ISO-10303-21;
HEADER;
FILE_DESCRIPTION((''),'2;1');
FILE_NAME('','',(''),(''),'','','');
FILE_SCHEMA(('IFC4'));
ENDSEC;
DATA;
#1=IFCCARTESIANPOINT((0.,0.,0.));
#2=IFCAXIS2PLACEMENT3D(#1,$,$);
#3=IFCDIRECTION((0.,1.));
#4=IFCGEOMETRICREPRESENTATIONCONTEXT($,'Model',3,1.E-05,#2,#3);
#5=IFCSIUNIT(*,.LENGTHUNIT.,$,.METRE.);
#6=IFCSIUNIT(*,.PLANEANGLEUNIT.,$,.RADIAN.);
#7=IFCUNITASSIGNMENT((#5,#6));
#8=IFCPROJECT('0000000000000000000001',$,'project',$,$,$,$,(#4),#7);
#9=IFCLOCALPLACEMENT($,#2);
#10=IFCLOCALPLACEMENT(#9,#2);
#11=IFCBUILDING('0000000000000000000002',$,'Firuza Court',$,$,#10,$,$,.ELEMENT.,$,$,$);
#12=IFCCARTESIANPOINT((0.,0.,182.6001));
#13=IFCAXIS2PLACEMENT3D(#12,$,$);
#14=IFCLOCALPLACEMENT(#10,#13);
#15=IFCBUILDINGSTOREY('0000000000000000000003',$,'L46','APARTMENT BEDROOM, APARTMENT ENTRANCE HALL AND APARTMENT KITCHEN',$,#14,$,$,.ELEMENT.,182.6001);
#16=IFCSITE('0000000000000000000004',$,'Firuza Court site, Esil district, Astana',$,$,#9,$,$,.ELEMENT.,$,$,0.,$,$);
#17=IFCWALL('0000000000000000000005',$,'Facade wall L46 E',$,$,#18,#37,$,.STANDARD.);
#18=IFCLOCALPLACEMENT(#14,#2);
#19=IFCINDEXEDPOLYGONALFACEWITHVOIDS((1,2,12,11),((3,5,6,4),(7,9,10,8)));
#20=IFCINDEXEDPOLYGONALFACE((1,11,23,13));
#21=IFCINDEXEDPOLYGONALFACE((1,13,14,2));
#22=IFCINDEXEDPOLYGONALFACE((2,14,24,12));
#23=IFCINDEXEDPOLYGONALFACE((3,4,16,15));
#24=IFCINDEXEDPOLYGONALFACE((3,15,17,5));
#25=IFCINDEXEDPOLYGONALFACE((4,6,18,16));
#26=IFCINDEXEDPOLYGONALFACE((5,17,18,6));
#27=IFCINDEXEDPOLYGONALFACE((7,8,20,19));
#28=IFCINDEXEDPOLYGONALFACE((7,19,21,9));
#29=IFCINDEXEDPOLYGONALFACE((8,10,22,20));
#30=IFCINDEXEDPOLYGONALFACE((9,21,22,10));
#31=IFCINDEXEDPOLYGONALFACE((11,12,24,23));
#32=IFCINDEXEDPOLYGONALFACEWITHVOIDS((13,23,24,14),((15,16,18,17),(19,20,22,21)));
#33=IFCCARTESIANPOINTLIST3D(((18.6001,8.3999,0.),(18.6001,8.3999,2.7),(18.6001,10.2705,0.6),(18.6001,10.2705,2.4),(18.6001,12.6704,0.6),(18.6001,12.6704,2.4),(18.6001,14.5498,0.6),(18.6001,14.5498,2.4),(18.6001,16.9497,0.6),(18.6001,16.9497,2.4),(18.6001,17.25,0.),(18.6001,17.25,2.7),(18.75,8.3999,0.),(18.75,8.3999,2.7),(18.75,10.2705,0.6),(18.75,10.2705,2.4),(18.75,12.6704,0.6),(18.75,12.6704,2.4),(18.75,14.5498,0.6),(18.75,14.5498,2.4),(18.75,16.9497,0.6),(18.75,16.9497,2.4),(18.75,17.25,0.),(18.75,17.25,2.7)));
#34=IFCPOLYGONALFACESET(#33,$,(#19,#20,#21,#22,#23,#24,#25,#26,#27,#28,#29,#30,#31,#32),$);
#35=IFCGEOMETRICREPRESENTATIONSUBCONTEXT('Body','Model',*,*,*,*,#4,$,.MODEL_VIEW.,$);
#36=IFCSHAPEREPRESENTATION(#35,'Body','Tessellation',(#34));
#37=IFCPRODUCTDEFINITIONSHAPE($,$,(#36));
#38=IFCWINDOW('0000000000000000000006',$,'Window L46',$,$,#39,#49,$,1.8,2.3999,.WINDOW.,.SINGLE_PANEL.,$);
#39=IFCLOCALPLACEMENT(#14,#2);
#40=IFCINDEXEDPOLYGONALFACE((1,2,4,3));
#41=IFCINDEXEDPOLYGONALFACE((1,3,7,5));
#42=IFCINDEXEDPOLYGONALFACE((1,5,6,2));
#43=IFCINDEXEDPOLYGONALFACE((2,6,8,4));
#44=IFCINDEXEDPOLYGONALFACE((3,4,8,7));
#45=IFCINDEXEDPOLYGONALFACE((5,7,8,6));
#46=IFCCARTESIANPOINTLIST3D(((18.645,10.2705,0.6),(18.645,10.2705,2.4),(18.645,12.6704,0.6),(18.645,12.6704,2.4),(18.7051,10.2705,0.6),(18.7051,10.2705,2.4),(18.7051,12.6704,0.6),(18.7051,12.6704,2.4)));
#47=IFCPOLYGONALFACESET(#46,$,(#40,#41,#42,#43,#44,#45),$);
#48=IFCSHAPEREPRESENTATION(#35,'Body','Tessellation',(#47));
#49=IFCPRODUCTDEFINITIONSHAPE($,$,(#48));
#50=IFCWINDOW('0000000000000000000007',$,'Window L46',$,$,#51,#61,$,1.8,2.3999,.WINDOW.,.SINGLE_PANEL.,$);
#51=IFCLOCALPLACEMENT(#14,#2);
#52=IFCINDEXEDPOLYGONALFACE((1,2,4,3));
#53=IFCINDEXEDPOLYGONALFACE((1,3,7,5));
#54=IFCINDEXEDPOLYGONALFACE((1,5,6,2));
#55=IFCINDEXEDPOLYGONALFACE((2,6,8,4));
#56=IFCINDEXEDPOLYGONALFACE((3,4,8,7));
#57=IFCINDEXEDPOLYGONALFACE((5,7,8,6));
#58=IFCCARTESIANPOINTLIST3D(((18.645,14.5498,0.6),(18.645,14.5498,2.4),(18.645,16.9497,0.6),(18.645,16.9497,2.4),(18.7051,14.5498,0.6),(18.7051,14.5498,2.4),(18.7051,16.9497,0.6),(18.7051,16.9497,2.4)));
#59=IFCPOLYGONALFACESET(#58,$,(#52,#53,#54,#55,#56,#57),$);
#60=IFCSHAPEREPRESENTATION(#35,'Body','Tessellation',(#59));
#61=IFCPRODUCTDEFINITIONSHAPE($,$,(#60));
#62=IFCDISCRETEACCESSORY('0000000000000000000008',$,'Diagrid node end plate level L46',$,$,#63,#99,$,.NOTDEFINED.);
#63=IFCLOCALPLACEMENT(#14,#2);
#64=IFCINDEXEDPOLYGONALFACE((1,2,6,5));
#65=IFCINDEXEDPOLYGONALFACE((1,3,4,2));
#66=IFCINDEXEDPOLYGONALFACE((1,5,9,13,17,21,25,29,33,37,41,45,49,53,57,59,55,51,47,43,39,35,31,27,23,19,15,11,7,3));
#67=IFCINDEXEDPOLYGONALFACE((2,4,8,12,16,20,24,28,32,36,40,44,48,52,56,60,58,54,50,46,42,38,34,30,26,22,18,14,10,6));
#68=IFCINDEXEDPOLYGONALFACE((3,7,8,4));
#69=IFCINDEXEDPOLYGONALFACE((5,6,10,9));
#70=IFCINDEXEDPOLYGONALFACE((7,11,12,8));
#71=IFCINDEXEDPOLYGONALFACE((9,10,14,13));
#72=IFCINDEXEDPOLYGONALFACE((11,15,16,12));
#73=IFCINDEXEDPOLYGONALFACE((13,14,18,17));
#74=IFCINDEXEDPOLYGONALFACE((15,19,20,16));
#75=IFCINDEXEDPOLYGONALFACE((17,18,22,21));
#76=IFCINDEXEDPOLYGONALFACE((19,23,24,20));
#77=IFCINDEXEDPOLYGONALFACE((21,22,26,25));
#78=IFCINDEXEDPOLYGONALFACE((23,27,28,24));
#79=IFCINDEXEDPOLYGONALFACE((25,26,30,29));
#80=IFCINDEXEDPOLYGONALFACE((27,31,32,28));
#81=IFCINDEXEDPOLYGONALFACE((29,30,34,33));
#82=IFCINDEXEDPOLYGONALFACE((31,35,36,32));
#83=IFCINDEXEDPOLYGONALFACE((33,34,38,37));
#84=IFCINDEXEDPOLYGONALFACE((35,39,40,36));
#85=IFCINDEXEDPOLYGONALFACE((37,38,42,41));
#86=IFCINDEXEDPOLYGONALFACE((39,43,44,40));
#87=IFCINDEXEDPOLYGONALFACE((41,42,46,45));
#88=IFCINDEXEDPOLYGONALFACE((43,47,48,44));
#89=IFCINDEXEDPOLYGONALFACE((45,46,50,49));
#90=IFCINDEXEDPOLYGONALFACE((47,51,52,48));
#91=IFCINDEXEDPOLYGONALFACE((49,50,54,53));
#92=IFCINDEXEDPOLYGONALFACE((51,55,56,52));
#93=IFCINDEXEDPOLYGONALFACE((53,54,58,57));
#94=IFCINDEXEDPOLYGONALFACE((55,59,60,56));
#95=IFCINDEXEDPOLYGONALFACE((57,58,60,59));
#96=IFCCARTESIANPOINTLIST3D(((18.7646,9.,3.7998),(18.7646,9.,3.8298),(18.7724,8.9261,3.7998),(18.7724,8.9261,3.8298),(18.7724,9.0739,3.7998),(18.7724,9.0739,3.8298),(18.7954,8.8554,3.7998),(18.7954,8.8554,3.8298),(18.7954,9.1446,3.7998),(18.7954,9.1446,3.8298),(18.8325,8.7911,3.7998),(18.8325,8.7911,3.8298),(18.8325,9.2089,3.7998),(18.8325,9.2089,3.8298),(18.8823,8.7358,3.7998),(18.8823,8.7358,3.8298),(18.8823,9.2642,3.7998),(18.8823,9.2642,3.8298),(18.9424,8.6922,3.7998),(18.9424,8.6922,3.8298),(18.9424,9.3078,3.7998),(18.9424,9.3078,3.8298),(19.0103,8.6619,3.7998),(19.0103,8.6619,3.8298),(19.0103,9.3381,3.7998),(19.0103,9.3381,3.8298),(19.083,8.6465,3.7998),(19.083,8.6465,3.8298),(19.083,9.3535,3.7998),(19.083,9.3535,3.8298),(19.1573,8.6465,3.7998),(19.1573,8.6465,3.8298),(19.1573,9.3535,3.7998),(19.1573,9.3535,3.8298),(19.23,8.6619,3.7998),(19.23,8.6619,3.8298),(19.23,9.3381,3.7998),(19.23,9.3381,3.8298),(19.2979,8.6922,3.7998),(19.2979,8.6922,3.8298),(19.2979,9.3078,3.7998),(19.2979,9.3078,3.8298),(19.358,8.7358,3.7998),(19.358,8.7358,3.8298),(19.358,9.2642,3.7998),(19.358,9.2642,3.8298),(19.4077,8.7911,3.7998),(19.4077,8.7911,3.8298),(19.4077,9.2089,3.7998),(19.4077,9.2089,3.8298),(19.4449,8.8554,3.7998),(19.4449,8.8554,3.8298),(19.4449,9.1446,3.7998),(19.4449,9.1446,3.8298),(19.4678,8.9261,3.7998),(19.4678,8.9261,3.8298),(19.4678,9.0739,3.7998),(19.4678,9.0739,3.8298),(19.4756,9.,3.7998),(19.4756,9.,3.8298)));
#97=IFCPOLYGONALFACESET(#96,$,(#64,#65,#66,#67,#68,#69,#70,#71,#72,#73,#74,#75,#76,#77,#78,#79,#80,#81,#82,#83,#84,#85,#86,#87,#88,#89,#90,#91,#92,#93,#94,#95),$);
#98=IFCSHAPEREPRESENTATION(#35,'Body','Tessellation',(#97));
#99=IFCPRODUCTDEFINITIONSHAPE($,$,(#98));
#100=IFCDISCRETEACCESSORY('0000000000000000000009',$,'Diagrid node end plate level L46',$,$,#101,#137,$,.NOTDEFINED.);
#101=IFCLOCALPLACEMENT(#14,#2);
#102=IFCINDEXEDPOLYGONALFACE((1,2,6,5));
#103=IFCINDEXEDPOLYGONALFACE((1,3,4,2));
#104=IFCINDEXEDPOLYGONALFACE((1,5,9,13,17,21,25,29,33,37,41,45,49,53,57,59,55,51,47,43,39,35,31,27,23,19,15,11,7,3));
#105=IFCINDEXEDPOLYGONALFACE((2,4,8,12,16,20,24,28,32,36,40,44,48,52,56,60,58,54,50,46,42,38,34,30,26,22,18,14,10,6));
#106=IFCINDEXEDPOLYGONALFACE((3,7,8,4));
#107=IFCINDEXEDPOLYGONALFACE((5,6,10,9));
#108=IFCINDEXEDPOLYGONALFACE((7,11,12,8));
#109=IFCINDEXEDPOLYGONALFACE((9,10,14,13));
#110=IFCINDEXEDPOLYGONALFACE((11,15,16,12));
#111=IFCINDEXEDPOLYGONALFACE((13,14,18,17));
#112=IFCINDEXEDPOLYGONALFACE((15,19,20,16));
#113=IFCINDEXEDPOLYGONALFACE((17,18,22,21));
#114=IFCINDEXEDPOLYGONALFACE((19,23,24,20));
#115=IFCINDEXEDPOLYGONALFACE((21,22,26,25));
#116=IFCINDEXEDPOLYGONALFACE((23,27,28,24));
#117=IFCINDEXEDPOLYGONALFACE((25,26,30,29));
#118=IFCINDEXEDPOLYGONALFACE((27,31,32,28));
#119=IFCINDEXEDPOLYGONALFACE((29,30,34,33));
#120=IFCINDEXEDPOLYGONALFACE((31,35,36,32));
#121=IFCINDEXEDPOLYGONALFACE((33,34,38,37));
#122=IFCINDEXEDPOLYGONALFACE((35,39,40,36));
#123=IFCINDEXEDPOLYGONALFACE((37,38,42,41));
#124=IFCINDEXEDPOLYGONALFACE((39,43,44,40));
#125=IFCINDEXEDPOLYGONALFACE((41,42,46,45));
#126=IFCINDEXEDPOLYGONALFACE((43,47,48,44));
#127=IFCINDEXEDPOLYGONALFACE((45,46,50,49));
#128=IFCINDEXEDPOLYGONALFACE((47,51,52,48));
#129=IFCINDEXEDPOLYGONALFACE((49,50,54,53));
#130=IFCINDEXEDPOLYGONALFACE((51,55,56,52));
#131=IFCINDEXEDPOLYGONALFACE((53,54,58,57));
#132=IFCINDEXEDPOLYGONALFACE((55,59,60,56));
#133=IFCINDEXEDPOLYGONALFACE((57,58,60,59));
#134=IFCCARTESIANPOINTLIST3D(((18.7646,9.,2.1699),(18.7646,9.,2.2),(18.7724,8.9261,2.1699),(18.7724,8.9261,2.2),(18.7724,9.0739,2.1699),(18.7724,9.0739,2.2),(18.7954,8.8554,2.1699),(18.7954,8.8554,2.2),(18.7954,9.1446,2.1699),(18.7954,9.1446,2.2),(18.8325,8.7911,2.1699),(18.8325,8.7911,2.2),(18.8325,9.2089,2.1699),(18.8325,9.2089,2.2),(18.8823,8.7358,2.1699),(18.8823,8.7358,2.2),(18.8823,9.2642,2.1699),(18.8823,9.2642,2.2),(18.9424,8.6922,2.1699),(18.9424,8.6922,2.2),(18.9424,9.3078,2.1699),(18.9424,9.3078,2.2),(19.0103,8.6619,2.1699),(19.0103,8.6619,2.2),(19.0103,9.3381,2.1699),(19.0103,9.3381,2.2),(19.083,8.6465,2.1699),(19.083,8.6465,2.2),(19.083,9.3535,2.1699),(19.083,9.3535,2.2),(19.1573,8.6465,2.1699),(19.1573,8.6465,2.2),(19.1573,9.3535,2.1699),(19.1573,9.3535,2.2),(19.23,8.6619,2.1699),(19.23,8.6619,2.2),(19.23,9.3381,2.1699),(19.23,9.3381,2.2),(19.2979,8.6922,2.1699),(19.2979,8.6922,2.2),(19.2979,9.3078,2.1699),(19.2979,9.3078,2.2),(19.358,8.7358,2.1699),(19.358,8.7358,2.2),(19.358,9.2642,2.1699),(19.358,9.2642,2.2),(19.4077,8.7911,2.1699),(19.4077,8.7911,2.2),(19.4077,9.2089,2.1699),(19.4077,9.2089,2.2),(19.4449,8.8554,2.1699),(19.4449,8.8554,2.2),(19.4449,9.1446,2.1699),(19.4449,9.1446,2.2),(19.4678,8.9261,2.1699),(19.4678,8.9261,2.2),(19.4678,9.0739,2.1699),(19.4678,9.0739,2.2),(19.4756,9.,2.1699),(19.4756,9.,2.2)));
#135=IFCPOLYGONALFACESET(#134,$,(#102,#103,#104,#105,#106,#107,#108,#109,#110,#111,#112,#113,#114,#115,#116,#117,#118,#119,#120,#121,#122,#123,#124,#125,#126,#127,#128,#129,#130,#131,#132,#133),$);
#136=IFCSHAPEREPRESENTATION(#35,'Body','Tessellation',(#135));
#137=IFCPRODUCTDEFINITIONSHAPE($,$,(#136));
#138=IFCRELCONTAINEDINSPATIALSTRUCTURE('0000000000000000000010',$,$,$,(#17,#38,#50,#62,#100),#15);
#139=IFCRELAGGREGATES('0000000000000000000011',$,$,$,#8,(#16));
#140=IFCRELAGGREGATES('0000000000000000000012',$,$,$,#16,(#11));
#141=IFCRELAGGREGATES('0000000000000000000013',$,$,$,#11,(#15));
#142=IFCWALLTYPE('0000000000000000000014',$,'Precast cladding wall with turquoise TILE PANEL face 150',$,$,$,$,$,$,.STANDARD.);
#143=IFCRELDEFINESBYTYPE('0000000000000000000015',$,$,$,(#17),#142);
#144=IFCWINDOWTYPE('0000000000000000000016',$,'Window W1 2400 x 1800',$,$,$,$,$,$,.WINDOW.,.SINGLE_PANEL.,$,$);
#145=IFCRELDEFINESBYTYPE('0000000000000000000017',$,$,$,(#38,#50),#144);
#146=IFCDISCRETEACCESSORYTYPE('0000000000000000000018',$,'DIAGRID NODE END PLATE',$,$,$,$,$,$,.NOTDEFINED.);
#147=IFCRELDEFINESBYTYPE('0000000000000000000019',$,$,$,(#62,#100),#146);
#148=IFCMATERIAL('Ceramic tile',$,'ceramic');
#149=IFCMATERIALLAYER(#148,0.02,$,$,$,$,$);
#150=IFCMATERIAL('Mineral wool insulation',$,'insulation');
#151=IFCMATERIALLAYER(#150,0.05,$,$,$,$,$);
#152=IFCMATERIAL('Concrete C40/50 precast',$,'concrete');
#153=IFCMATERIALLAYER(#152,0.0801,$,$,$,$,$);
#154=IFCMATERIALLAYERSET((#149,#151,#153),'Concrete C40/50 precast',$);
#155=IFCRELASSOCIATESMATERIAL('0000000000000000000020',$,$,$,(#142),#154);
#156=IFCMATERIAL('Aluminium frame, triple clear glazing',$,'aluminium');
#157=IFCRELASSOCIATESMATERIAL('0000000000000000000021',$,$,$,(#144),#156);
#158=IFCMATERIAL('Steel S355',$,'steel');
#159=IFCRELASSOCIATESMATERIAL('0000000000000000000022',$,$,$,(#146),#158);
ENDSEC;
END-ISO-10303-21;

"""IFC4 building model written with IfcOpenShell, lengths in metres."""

from ifc_helpers import new_model, si_unit, direction, frame, frame_2d, origin, origin_2d, place, context, subcontext, project, spatial, rectangle, circle, extrude, material, layer, layer_set, material_profile, profile_set, type_object, element, fill, save


model = new_model("IFC4")

# Units and contexts
model_context = context("Model", 3, precision=1e-05, world=origin(), true_north=direction((0.0, 1.0)))
body_context = subcontext(model_context, "Body", "Model", "MODEL_VIEW")
ifc_project = project(units=[si_unit("LENGTHUNIT", "METRE"), si_unit("PLANEANGLEUNIT", "RADIAN")], contexts=[model_context])

# Site, building, storey
site_placement = place(None, origin())
site = spatial("IfcSite", under=ifc_project, at=site_placement, Name="Firuza Court site, Esil district, Astana", CompositionType="ELEMENT", RefElevation=0.0)
building_placement = place(site_placement, origin())
building = spatial("IfcBuilding", under=site, at=building_placement, Name="Firuza Court", CompositionType="ELEMENT")
storey_placement = place(building_placement, frame((0.0, 0.0, 182.6001)))
storey = spatial("IfcBuildingStorey", under=building, at=storey_placement, Name="L46", Description="APARTMENT BEDROOM, APARTMENT ENTRANCE HALL AND APARTMENT KITCHEN", CompositionType="ELEMENT", Elevation=182.6001)

# Shared definitions
ifc_material_1 = material(Name="Ceramic tile", Category="ceramic")
ifc_layer_1 = layer(ifc_material_1, 0.02)
ifc_material_2 = material(Name="Mineral wool insulation", Category="insulation")
ifc_layer_2 = layer(ifc_material_2, 0.05)
ifc_material_3 = material(Name="Concrete C40/50 precast", Category="concrete")
ifc_layer_3 = layer(ifc_material_3, 0.0801)
ifc_layer_set_1 = layer_set([ifc_layer_1, ifc_layer_2, ifc_layer_3], Name="Concrete C40/50 precast")
wall_type_1 = type_object("IfcWallType", Name="Precast cladding wall with turquoise TILE PANEL face 150", PredefinedType="STANDARD", material=ifc_layer_set_1)
ifc_material_4 = material(Name="Aluminium frame, triple clear glazing", Category="aluminium")
window_type = type_object("IfcWindowType", Name="Window W1 2400 x 1800", PartitioningType="SINGLE_PANEL", PredefinedType="WINDOW", material=ifc_material_4)

# Wall, openings, windows
wall_1_placement = place(storey_placement, frame((18.675, 8.3999, 0.0), z_axis=(0.0, 0.0, 1.0), x_axis=(0.0, 1.0, 0.0)))
wall_1 = element("IfcWall", 1, at=wall_1_placement, inside=storey, type_object=wall_type_1, Name="Facade wall L46 E", PredefinedType="STANDARD", context=body_context, shape_type="SweptSolid", body=[
    extrude(rectangle(XDim=8.8501, YDim=0.1499, at=frame_2d((4.425, 0.0))), origin(), (0.0, 0.0, 1.0), 2.7),
])
opening_1_placement = place(wall_1_placement, frame((1.8706, 0.0, 0.6001)))
opening_1 = element("IfcOpeningElement", 2, at=opening_1_placement, cuts=wall_1, PredefinedType="OPENING", context=body_context, shape_type="SweptSolid", body=[
    extrude(rectangle(XDim=2.3999, YDim=1.8, at=frame_2d((1.2, 0.8999))), frame((0.0, 0.0869, 0.0), z_axis=(0.0, -1.0, 0.0), x_axis=(1.0, 0.0, 0.0)), (0.0, 0.0, 1.0), 0.1738),
])
opening_2_placement = place(wall_1_placement, frame((6.1499, 0.0, 0.6001)))
opening_2 = element("IfcOpeningElement", 3, at=opening_2_placement, cuts=wall_1, PredefinedType="OPENING", context=body_context, shape_type="SweptSolid", body=[
    extrude(rectangle(XDim=2.3999, YDim=1.8, at=frame_2d((1.2, 0.8999))), frame((0.0, 0.0869, 0.0), z_axis=(0.0, -1.0, 0.0), x_axis=(1.0, 0.0, 0.0)), (0.0, 0.0, 1.0), 0.1738),
])
window_1_placement = place(opening_1_placement, origin())
window_1 = element("IfcWindow", 4, at=window_1_placement, inside=storey, type_object=window_type, Name="Window L46", OverallHeight=1.8, OverallWidth=2.3999, PartitioningType="SINGLE_PANEL", PredefinedType="WINDOW", context=body_context, shape_type="SweptSolid", body=[
    extrude(rectangle(XDim=2.3999, YDim=1.8, at=frame_2d((1.2, 0.8999))), frame((0.0, 0.03, 0.0), z_axis=(0.0, -1.0, 0.0), x_axis=(1.0, 0.0, 0.0)), (0.0, 0.0, 1.0), 0.0601),
])
fill(opening_1, window_1)
window_2_placement = place(opening_2_placement, origin())
window_2 = element("IfcWindow", 5, at=window_2_placement, inside=storey, type_object=window_type, Name="Window L46", OverallHeight=1.8, OverallWidth=2.3999, PartitioningType="SINGLE_PANEL", PredefinedType="WINDOW", context=body_context, shape_type="SweptSolid", body=[
    extrude(rectangle(XDim=2.3999, YDim=1.8, at=frame_2d((1.2, 0.8999))), frame((0.0, 0.03, 0.0), z_axis=(0.0, -1.0, 0.0), x_axis=(1.0, 0.0, 0.0)), (0.0, 0.0, 1.0), 0.0601),
])
fill(opening_2, window_2)

# Discrete accessories
ifc_material_5 = material(Name="Steel S355", Category="steel")
ifc_material_profile_1 = material_profile(ifc_material_5, circle(Radius=0.3555, at=origin_2d()), Name="PL D711")
ifc_profile_set_1 = profile_set([ifc_material_profile_1], Name="Steel S355")
discrete_accessory_type = type_object("IfcDiscreteAccessoryType", Name="DIAGRID NODE END PLATE", PredefinedType="NOTDEFINED", material=ifc_profile_set_1)
for number, where, z_axis, x_axis, name in (
    (6, (19.1201, 9.0, 3.7998), (0.0, 0.0, 1.0), (1.0, 0.0, 0.0), "Diagrid node end plate level L46"),
    (7, (19.1201, 9.0, 2.1699), (0.0, 0.0, 1.0), (1.0, 0.0, 0.0), "Diagrid node end plate level L46"),
):
    element("IfcDiscreteAccessory", number, at=place(storey_placement, frame(where, z_axis=z_axis, x_axis=x_axis)), inside=storey, type_object=discrete_accessory_type, Name=name, PredefinedType="NOTDEFINED", context=body_context, shape_type="SweptSolid", body=[
        extrude(circle(Radius=0.3555, at=origin_2d()), origin(), (0.0, 0.0, 1.0), 0.03),
    ])

save(model, "model.ifc")
